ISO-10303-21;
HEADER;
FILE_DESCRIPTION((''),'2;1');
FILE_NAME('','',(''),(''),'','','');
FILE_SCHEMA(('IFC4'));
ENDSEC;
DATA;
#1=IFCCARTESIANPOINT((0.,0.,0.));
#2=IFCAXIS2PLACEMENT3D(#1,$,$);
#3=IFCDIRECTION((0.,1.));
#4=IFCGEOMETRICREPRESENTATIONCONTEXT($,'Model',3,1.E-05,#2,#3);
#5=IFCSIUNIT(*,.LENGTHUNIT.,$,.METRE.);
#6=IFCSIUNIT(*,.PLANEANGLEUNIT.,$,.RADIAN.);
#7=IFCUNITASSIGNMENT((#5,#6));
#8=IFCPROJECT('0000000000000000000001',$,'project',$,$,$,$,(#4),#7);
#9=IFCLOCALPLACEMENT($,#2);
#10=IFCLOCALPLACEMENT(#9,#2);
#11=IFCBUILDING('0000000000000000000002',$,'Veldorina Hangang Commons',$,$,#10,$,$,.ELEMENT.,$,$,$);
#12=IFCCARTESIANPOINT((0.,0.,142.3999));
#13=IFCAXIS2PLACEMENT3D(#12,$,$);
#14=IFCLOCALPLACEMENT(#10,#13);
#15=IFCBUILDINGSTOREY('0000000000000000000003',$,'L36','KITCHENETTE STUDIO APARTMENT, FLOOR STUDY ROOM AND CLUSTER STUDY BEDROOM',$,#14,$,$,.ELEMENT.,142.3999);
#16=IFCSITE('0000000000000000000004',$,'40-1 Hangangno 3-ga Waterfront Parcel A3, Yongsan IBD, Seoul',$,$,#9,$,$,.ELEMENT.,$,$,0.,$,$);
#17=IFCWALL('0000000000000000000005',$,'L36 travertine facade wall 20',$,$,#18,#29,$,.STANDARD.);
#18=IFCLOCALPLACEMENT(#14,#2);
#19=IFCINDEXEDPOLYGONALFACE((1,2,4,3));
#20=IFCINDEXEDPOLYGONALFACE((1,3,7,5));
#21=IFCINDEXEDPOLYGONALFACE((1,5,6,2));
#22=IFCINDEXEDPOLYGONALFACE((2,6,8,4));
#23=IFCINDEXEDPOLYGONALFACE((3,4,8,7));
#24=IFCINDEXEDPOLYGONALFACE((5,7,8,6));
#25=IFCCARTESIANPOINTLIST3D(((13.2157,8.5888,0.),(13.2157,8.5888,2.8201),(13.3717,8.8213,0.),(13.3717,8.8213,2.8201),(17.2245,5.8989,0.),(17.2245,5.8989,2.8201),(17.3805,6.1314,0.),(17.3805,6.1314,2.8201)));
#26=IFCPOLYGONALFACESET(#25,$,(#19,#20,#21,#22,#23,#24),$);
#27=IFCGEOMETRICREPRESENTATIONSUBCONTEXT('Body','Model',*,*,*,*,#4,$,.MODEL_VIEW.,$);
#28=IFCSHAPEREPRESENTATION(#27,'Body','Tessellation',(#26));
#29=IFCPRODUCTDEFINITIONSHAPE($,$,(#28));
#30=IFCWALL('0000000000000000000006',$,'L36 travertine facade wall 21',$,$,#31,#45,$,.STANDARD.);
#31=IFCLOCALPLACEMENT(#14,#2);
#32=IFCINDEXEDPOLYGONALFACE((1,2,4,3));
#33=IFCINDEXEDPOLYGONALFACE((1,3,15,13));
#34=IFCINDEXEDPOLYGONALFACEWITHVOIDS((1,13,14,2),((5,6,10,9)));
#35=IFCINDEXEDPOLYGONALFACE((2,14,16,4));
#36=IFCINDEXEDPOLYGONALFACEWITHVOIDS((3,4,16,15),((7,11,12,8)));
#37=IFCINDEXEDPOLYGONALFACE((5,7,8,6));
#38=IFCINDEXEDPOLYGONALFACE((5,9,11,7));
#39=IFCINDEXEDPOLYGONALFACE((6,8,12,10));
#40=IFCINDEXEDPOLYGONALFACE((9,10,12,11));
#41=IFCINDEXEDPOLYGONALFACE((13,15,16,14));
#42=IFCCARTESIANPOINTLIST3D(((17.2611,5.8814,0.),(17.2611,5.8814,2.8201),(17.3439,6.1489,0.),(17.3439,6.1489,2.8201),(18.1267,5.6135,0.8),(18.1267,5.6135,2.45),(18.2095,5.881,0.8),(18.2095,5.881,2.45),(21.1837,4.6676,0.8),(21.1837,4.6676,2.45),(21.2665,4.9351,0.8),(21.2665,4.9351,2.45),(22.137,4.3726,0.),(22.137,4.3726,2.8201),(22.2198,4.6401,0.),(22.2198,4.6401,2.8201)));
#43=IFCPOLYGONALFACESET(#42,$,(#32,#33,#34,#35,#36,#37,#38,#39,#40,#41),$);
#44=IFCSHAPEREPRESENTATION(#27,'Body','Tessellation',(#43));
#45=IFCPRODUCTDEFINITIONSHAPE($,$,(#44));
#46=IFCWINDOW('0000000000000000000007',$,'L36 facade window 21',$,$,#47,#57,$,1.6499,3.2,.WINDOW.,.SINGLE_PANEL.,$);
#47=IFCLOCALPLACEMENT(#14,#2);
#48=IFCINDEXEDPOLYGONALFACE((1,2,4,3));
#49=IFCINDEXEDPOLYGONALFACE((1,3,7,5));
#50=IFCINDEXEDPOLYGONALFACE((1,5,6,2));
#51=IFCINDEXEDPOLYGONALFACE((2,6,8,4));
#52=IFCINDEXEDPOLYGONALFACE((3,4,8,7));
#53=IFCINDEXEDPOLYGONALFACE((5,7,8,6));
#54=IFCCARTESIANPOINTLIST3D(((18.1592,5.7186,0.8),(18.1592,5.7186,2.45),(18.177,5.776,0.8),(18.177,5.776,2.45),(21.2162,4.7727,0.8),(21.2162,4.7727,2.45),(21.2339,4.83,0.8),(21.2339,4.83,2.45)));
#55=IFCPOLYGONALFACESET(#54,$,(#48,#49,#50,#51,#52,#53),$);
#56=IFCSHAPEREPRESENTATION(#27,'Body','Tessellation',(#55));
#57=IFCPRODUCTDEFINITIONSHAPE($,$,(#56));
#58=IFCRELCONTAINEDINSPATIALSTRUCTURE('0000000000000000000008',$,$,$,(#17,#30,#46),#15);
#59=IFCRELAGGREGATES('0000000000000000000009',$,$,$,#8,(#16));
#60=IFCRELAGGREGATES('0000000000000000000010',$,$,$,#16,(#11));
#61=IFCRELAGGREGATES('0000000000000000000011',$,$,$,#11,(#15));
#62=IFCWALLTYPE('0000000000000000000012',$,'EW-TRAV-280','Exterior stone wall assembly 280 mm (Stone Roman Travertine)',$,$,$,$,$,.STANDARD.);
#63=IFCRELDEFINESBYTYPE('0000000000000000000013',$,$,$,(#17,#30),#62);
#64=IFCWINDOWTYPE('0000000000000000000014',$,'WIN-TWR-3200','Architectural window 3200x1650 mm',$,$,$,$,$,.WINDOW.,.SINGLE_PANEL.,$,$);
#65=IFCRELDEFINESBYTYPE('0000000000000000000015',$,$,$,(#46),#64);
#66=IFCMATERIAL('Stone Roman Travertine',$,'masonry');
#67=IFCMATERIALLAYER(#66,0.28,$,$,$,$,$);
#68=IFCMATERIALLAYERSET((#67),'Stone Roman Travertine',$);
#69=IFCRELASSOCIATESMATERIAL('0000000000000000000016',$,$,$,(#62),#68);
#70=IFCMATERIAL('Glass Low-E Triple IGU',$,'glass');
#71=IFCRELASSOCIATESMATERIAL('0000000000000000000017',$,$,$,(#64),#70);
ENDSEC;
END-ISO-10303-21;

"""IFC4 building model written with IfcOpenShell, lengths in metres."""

from ifc_helpers import new_model, si_unit, direction, frame, frame_2d, origin, place, context, subcontext, project, spatial, rectangle, extrude, material, layer, layer_set, type_object, element, fill, save


model = new_model("IFC4")

# Units and contexts
model_context = context("Model", 3, precision=1e-05, world=origin(), true_north=direction((0.0, 1.0)))
body_context = subcontext(model_context, "Body", "Model", "MODEL_VIEW")
ifc_project = project(units=[si_unit("LENGTHUNIT", "METRE"), si_unit("PLANEANGLEUNIT", "RADIAN")], contexts=[model_context])

# Site, building, storey
site_placement = place(None, origin())
site = spatial("IfcSite", under=ifc_project, at=site_placement, Name="40-1 Hangangno 3-ga Waterfront Parcel A3, Yongsan IBD, Seoul", CompositionType="ELEMENT", RefElevation=0.0)
building_placement = place(site_placement, origin())
building = spatial("IfcBuilding", under=site, at=building_placement, Name="Veldorina Hangang Commons", CompositionType="ELEMENT")
storey_placement = place(building_placement, frame((0.0, 0.0, 142.3999)))
storey = spatial("IfcBuildingStorey", under=building, at=storey_placement, Name="L36", Description="KITCHENETTE STUDIO APARTMENT, FLOOR STUDY ROOM AND CLUSTER STUDY BEDROOM", CompositionType="ELEMENT", Elevation=142.3999)

# Wall
ifc_material_1 = material(Name="Stone Roman Travertine", Category="masonry")
ifc_layer_1 = layer(ifc_material_1, 0.28)
ifc_layer_set_1 = layer_set([ifc_layer_1], Name="Stone Roman Travertine")
wall_type = type_object("IfcWallType", Name="EW-TRAV-280", Description="Exterior stone wall assembly 280 mm (Stone Roman Travertine)", PredefinedType="STANDARD", material=ifc_layer_set_1)
wall_1_placement = place(storey_placement, frame((13.2937, 8.7051, 0.0), z_axis=(0.0, 0.0, 1.0), x_axis=(0.830382, -0.557195, 0.0)))
element("IfcWall", 1, at=wall_1_placement, inside=storey, type_object=wall_type, Name="L36 travertine facade wall 20", PredefinedType="STANDARD", context=body_context, shape_type="SweptSolid", body=[
    extrude(rectangle(XDim=4.8276, YDim=0.28, at=frame_2d((2.4138, 0.0))), origin(), (0.0, 0.0, 1.0), 2.8201),
])

# Wall, opening, window
wall_2_placement = place(storey_placement, frame((17.3025, 6.0151, 0.0), z_axis=(0.0, 0.0, 1.0), x_axis=(0.95531, -0.295605, 0.0)))
wall_2 = element("IfcWall", 2, at=wall_2_placement, inside=storey, type_object=wall_type, Name="L36 travertine facade wall 21", PredefinedType="STANDARD", context=body_context, shape_type="SweptSolid", body=[
    extrude(rectangle(XDim=5.104, YDim=0.28, at=frame_2d((2.552, 0.0))), origin(), (0.0, 0.0, 1.0), 2.8201),
])
opening_placement = place(wall_2_placement, frame((0.906, 0.0, 0.8)))
opening = element("IfcOpeningElement", 3, at=opening_placement, cuts=wall_2, PredefinedType="OPENING", context=body_context, shape_type="SweptSolid", body=[
    extrude(rectangle(XDim=3.2, YDim=1.6499, at=frame_2d((1.6001, 0.825))), frame((0.0, 0.1499, 0.0), z_axis=(0.0, -1.0, 0.0), x_axis=(1.0, 0.0, 0.0)), (0.0, 0.0, 1.0), 0.3),
])
ifc_material_2 = material(Name="Glass Low-E Triple IGU", Category="glass")
window_type = type_object("IfcWindowType", Name="WIN-TWR-3200", Description="Architectural window 3200x1650 mm", PartitioningType="SINGLE_PANEL", PredefinedType="WINDOW", material=ifc_material_2)
window_placement = place(opening_placement, origin())
window = element("IfcWindow", 4, at=window_placement, inside=storey, type_object=window_type, Name="L36 facade window 21", OverallHeight=1.6499, OverallWidth=3.2, PartitioningType="SINGLE_PANEL", PredefinedType="WINDOW", context=body_context, shape_type="SweptSolid", body=[
    extrude(rectangle(XDim=3.2, YDim=1.6499, at=frame_2d((1.6001, 0.825))), frame((0.0, 0.03, 0.0), z_axis=(0.0, -1.0, 0.0), x_axis=(1.0, 0.0, 0.0)), (0.0, 0.0, 1.0), 0.0601),
])
fill(opening, window)

save(model, "model.ifc")
